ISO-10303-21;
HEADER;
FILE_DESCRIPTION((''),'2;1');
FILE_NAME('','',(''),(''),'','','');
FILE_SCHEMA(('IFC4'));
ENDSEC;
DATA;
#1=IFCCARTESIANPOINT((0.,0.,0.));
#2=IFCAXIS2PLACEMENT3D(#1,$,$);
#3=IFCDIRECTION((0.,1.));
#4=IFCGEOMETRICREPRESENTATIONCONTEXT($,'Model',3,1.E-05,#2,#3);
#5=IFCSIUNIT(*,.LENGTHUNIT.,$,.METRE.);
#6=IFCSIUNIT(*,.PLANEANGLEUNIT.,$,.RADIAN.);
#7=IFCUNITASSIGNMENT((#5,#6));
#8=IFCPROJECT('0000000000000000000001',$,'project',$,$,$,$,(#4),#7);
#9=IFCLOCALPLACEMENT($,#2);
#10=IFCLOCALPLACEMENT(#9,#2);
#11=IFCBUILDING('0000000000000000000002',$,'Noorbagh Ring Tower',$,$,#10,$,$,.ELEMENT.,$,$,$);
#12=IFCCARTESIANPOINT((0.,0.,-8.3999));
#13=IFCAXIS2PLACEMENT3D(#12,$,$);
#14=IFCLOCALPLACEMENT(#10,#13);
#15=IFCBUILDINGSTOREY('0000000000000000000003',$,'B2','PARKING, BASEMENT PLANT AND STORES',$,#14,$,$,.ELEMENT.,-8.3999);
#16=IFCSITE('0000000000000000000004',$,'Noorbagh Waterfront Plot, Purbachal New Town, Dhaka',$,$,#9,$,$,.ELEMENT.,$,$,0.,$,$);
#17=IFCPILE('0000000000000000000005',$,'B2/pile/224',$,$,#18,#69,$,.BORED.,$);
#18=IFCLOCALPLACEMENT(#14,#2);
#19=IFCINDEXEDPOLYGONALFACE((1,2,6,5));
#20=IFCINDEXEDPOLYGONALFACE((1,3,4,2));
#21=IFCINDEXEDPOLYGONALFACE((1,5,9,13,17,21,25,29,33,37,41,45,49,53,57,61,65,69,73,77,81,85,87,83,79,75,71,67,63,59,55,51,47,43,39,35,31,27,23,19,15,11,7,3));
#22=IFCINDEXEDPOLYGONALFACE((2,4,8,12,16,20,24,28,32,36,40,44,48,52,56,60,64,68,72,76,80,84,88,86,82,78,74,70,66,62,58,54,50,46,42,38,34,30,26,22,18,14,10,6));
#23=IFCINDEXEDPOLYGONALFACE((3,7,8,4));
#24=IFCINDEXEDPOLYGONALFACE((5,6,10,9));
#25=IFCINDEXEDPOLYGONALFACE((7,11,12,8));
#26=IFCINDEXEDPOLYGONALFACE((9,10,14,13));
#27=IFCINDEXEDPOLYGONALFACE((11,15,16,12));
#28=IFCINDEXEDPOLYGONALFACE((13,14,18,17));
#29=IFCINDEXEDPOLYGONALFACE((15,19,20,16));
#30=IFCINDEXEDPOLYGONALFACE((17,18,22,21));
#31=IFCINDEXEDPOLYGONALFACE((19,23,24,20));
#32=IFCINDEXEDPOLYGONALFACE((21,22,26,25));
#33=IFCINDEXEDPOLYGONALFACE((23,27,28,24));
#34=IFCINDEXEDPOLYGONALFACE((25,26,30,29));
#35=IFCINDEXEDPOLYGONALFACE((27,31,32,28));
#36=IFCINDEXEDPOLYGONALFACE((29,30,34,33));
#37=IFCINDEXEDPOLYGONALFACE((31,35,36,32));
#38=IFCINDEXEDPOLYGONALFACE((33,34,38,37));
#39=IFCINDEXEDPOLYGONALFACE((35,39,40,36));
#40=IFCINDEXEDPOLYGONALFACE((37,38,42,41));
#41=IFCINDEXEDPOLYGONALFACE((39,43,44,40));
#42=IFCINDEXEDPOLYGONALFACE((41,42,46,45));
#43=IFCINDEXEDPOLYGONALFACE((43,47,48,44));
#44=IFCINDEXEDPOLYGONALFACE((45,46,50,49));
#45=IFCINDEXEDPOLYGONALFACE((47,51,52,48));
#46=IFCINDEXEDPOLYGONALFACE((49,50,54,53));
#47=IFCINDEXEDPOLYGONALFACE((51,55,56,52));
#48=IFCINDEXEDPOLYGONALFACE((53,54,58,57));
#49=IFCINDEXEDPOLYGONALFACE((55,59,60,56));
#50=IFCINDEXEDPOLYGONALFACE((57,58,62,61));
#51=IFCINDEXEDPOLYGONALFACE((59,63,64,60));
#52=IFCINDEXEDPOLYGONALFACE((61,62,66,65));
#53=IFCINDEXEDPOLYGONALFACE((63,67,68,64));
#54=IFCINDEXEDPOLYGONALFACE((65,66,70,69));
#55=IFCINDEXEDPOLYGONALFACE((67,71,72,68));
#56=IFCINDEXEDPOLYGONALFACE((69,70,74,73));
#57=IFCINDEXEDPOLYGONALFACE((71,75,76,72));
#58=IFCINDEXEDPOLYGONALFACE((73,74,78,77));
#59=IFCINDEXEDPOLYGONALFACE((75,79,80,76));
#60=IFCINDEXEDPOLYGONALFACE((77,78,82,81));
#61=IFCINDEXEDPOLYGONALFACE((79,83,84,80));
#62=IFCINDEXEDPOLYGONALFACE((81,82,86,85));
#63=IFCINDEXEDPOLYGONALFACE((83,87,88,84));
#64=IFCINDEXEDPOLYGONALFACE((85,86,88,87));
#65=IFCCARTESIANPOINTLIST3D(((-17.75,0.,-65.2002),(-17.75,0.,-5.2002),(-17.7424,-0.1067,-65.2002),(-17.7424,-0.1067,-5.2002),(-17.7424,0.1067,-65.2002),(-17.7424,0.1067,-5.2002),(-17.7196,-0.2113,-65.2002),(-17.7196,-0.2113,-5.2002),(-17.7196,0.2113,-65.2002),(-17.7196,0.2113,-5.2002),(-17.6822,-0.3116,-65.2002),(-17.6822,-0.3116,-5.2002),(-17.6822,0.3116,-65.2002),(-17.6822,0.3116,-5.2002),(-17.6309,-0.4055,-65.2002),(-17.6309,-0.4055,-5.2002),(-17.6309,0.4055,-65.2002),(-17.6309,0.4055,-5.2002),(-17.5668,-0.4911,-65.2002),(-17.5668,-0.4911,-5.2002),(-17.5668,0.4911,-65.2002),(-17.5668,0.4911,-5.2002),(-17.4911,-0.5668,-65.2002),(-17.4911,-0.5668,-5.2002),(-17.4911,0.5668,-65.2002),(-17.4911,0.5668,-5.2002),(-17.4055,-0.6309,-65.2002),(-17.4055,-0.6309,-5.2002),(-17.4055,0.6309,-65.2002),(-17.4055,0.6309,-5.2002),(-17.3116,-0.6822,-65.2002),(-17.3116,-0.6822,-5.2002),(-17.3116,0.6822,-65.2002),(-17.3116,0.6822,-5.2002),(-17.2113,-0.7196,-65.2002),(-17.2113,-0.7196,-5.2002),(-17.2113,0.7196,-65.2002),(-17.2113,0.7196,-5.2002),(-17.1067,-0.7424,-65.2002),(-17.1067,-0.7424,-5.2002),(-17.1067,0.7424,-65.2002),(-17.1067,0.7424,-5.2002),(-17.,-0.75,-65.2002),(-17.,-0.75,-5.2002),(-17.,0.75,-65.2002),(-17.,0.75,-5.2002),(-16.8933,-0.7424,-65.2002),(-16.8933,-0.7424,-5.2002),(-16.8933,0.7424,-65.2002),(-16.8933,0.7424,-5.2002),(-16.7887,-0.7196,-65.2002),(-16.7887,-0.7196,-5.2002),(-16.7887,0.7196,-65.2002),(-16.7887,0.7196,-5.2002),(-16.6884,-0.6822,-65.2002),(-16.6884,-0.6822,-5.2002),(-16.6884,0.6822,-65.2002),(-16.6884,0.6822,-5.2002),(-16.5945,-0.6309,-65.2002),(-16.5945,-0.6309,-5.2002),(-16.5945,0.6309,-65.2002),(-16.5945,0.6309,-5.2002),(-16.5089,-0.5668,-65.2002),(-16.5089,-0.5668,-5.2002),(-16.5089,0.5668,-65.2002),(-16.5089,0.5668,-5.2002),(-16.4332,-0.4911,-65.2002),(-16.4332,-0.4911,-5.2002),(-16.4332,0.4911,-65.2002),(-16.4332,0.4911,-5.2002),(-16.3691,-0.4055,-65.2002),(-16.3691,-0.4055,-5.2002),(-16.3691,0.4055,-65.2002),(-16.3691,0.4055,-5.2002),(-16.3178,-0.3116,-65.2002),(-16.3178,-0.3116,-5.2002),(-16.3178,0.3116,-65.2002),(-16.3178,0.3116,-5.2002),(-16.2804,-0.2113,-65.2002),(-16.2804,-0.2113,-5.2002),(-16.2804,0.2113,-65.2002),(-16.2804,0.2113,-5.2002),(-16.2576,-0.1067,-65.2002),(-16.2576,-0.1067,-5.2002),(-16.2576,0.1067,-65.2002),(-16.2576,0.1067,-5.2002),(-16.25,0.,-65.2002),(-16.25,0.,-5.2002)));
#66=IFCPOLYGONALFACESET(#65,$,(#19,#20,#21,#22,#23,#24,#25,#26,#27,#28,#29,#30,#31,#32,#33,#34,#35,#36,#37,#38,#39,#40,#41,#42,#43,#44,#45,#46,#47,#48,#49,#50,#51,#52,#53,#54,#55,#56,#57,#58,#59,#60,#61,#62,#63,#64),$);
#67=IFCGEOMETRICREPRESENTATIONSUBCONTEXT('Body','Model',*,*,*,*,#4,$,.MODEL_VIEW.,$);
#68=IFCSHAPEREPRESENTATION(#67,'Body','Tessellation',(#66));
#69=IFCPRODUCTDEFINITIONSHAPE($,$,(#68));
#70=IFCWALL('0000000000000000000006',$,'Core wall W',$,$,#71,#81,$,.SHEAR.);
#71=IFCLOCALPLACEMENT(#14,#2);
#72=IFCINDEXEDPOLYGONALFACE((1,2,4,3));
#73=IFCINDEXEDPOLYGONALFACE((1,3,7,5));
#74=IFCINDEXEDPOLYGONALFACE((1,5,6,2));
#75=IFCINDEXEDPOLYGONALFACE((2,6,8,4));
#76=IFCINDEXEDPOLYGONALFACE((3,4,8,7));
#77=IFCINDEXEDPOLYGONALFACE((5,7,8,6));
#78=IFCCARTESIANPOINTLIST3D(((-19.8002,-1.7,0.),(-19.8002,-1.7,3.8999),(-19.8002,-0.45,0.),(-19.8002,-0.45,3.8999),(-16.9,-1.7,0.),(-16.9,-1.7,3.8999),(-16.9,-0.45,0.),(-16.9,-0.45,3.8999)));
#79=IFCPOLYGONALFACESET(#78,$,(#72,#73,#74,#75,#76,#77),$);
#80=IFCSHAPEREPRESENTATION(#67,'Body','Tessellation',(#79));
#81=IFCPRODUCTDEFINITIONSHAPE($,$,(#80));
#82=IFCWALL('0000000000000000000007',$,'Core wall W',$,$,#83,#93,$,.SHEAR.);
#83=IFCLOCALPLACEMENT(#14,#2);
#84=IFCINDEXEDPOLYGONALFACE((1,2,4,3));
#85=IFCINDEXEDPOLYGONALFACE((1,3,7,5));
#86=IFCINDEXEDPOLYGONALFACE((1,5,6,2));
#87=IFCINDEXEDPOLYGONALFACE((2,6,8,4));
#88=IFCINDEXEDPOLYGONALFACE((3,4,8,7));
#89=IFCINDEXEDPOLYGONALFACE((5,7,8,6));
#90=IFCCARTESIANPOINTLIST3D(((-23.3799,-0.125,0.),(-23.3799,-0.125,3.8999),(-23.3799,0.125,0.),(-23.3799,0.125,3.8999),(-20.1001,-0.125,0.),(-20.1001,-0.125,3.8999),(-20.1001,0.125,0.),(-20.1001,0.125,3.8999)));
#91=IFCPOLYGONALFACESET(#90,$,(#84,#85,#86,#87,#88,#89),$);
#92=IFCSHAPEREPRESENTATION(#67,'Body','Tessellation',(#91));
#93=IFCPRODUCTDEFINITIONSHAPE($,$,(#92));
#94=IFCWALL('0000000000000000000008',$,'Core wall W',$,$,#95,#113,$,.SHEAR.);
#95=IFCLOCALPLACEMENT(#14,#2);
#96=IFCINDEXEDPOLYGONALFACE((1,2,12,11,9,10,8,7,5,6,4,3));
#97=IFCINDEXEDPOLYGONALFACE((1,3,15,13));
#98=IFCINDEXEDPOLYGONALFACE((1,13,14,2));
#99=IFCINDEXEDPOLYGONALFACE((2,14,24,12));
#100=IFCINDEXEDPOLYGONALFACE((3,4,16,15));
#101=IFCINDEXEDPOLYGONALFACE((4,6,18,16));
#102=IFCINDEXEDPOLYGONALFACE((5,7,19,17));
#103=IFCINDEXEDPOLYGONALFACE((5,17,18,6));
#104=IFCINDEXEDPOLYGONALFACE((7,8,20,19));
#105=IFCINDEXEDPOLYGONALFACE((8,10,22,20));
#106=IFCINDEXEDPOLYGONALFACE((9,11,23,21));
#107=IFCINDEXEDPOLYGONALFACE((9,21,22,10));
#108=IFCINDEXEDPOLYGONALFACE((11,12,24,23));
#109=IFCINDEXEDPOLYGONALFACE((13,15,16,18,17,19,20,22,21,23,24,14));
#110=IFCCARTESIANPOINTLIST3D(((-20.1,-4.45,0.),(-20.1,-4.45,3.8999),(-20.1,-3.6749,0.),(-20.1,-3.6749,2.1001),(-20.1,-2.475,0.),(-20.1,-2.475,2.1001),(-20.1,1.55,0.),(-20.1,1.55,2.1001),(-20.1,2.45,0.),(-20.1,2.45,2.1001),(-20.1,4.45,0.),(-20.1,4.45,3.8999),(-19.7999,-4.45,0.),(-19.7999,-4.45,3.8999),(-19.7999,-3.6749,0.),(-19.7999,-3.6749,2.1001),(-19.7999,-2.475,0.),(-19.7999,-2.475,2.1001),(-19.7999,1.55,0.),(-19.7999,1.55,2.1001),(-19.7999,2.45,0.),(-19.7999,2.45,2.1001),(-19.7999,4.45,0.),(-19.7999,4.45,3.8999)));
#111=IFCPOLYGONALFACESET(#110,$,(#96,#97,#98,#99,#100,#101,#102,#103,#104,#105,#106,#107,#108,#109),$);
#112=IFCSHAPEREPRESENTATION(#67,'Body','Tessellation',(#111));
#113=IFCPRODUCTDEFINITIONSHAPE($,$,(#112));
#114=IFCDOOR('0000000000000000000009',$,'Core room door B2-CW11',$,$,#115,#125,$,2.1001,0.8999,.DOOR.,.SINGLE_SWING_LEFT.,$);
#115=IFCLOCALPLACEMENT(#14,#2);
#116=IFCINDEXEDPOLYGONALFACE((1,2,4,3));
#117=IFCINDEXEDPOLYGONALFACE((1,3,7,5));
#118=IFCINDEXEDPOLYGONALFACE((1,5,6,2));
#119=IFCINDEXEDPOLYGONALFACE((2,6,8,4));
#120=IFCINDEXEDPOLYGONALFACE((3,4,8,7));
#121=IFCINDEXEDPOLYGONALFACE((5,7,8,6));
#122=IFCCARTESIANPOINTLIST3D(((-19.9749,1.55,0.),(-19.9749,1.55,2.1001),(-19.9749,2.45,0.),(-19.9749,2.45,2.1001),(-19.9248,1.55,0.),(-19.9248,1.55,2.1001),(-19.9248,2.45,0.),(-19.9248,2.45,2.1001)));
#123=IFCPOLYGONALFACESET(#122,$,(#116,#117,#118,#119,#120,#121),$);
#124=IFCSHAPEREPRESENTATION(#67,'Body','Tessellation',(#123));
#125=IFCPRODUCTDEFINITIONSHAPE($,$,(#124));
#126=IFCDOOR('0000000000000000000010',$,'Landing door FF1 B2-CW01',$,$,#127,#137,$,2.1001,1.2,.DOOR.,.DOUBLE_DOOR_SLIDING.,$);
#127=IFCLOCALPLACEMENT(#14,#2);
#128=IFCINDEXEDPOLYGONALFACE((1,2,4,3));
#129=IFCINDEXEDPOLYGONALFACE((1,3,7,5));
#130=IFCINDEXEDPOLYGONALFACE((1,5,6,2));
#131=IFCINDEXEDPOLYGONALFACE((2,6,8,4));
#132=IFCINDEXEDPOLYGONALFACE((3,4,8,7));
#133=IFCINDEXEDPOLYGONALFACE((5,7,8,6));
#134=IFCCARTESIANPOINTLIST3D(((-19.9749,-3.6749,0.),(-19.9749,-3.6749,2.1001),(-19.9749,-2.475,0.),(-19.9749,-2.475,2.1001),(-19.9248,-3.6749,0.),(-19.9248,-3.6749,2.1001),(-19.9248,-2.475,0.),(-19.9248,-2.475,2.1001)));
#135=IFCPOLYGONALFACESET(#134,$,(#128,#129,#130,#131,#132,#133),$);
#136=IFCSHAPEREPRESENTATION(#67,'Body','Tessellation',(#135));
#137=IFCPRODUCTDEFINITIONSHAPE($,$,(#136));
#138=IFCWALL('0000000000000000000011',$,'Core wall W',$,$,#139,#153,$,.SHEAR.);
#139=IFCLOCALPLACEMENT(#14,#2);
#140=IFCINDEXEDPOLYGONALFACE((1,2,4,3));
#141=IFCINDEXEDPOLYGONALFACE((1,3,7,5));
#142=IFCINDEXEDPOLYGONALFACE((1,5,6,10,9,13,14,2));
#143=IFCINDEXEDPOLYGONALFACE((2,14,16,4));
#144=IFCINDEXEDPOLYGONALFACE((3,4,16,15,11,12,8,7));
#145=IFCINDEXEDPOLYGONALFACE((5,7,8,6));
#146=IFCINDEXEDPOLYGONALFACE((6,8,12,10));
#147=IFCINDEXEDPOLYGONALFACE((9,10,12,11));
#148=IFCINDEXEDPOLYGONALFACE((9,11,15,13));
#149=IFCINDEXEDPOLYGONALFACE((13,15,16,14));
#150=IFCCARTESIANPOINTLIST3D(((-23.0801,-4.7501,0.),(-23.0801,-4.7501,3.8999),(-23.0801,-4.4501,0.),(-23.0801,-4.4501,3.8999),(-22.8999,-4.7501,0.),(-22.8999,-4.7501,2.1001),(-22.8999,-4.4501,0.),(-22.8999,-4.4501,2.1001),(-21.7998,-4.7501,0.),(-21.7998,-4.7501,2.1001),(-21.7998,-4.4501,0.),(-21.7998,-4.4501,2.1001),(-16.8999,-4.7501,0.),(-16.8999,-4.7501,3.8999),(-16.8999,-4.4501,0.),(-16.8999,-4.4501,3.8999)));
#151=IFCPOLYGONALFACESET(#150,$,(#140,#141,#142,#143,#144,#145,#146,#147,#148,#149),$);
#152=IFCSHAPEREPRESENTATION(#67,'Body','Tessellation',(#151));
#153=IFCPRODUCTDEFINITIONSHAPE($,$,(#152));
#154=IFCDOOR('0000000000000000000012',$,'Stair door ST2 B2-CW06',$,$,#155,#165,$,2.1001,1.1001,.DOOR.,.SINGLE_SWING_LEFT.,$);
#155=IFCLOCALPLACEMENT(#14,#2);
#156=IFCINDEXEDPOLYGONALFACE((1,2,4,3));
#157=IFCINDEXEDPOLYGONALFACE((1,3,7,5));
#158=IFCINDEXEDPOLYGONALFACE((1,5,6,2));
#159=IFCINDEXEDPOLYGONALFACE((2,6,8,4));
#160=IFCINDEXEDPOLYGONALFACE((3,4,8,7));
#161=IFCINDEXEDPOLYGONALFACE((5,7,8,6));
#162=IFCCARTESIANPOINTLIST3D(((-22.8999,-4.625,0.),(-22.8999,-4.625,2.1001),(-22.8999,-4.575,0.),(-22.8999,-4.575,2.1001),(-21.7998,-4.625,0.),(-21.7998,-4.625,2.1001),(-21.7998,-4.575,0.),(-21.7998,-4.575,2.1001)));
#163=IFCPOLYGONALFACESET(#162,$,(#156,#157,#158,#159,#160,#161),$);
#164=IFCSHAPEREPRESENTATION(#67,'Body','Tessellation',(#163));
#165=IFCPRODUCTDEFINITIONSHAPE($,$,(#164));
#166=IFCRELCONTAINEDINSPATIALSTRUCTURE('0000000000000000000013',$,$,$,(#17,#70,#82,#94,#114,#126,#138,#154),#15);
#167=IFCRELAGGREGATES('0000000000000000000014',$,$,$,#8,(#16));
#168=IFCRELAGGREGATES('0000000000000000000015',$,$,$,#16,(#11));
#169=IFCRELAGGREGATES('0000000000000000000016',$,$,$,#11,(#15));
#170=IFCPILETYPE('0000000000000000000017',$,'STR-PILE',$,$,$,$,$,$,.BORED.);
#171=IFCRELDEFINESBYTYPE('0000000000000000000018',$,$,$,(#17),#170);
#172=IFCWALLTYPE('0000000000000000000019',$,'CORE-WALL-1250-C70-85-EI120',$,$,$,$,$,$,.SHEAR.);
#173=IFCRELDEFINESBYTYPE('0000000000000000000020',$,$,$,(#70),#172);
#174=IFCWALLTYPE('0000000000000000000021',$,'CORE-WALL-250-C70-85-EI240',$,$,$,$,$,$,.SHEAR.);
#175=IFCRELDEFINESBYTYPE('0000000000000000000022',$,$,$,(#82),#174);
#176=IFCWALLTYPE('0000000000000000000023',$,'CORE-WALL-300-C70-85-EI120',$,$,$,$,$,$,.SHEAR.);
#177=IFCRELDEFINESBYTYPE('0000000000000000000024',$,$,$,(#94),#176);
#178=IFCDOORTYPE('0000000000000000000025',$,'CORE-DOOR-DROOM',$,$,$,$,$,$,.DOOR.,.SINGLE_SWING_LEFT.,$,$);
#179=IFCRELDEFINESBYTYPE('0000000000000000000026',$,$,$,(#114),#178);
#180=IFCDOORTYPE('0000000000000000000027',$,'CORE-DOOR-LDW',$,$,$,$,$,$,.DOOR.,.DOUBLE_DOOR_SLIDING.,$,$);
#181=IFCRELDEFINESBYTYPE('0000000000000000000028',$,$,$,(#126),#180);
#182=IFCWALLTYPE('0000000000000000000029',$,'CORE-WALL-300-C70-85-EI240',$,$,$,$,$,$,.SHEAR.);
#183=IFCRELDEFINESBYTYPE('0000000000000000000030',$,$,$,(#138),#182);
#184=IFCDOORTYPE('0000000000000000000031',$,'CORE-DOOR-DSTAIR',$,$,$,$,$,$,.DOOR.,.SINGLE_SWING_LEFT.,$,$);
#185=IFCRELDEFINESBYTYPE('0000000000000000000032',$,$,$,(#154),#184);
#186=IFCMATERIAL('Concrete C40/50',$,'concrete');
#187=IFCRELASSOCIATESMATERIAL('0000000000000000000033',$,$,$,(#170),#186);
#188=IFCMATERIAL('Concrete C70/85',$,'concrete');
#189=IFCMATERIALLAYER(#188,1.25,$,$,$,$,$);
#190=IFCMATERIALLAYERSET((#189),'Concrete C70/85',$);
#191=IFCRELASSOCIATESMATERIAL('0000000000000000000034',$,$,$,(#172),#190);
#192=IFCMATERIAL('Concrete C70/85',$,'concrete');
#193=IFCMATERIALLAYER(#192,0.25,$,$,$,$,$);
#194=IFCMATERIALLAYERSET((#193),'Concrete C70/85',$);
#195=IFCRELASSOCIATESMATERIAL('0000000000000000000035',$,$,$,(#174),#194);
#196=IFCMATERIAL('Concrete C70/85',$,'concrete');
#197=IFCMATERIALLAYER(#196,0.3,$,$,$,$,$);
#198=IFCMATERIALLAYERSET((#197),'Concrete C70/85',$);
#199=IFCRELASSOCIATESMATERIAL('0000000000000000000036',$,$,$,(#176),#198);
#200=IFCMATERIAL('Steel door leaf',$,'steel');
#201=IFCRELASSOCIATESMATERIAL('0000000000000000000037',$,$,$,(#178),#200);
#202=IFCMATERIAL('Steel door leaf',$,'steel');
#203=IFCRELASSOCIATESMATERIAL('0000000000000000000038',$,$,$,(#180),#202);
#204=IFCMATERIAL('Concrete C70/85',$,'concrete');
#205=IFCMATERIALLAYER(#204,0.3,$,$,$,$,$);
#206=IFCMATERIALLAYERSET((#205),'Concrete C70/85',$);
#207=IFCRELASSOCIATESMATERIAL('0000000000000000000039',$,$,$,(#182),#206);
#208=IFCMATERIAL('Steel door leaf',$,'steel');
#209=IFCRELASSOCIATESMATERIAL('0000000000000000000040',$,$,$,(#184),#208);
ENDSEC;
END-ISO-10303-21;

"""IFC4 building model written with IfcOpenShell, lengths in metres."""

from ifc_helpers import new_model, si_unit, direction, frame, frame_2d, origin, origin_2d, place, context, subcontext, project, spatial, rectangle, circle, extrude, material, layer, layer_set, material_profile, profile_set, type_object, element, fill, save


model = new_model("IFC4")

# Units and contexts
model_context = context("Model", 3, precision=1e-05, world=origin(), true_north=direction((0.0, 1.0)))
body_context = subcontext(model_context, "Body", "Model", "MODEL_VIEW")
ifc_project = project(units=[si_unit("LENGTHUNIT", "METRE"), si_unit("PLANEANGLEUNIT", "RADIAN")], contexts=[model_context])

# Site, building, storey
site_placement = place(None, origin())
site = spatial("IfcSite", under=ifc_project, at=site_placement, Name="Noorbagh Waterfront Plot, Purbachal New Town, Dhaka", CompositionType="ELEMENT", RefElevation=0.0)
building_placement = place(site_placement, origin())
building = spatial("IfcBuilding", under=site, at=building_placement, Name="Noorbagh Ring Tower", CompositionType="ELEMENT")
storey_placement = place(building_placement, frame((0.0, 0.0, -8.3999)))
storey = spatial("IfcBuildingStorey", under=building, at=storey_placement, Name="B2", Description="PARKING, BASEMENT PLANT AND STORES", CompositionType="ELEMENT", Elevation=-8.3999)

# Pile
ifc_material_1 = material(Name="Concrete C40/50", Category="concrete")
ifc_material_profile = material_profile(ifc_material_1, circle(Radius=0.75, at=origin_2d()), Name="PILE1500")
ifc_profile_set = profile_set([ifc_material_profile], Name="Concrete C40/50")
pile_type = type_object("IfcPileType", Name="STR-PILE", PredefinedType="BORED", material=ifc_profile_set)
for number, where, z_axis, x_axis, name in (
    (1, (-17.0, 0.0, -5.2002), (0.0, 0.0, -1.0), (1.0, 0.0, 0.0), "B2/pile/224"),
):
    element("IfcPile", number, at=place(storey_placement, frame(where, z_axis=z_axis, x_axis=x_axis)), inside=storey, type_object=pile_type, Name=name, PredefinedType="BORED", context=body_context, shape_type="SweptSolid", body=[
        extrude(circle(Radius=0.75, at=origin_2d()), origin(), (0.0, 0.0, 1.0), 60.0),
    ])

# Walls
ifc_material_2 = material(Name="Concrete C70/85", Category="concrete")
ifc_layer_1 = layer(ifc_material_2, 1.25)
ifc_layer_set_1 = layer_set([ifc_layer_1], Name="Concrete C70/85")
wall_type_1 = type_object("IfcWallType", Name="CORE-WALL-1250-C70-85-EI120", PredefinedType="SHEAR", material=ifc_layer_set_1)
wall_1_placement = place(storey_placement, frame((-16.8999, -1.075, 0.0), z_axis=(0.0, 0.0, 1.0), x_axis=(-1.0, 0.0, 0.0)))
element("IfcWall", 2, at=wall_1_placement, inside=storey, type_object=wall_type_1, Name="Core wall W", PredefinedType="SHEAR", context=body_context, shape_type="SweptSolid", body=[
    extrude(rectangle(XDim=2.9001, YDim=1.25, at=frame_2d((1.4502, 0.0))), origin(), (0.0, 0.0, 1.0), 3.8999),
])
ifc_material_3 = material(Name="Concrete C70/85", Category="concrete")
ifc_layer_2 = layer(ifc_material_3, 0.25)
ifc_layer_set_2 = layer_set([ifc_layer_2], Name="Concrete C70/85")
wall_type_2 = type_object("IfcWallType", Name="CORE-WALL-250-C70-85-EI240", PredefinedType="SHEAR", material=ifc_layer_set_2)
wall_2_placement = place(storey_placement, frame((-20.1001, 0.0, 0.0), z_axis=(0.0, 0.0, 1.0), x_axis=(-1.0, 0.0, 0.0)))
element("IfcWall", 3, at=wall_2_placement, inside=storey, type_object=wall_type_2, Name="Core wall W", PredefinedType="SHEAR", context=body_context, shape_type="SweptSolid", body=[
    extrude(rectangle(XDim=3.2798, YDim=0.25, at=frame_2d((1.6399, 0.0))), origin(), (0.0, 0.0, 1.0), 3.8999),
])

# Wall, openings, doors
ifc_material_4 = material(Name="Concrete C70/85", Category="concrete")
ifc_layer_3 = layer(ifc_material_4, 0.3)
ifc_layer_set_3 = layer_set([ifc_layer_3], Name="Concrete C70/85")
wall_type_3 = type_object("IfcWallType", Name="CORE-WALL-300-C70-85-EI120", PredefinedType="SHEAR", material=ifc_layer_set_3)
wall_3_placement = place(storey_placement, frame((-19.95, -4.45, 0.0), z_axis=(0.0, 0.0, 1.0), x_axis=(0.0, 1.0, 0.0)))
wall_3 = element("IfcWall", 4, at=wall_3_placement, inside=storey, type_object=wall_type_3, Name="Core wall W", PredefinedType="SHEAR", context=body_context, shape_type="SweptSolid", body=[
    extrude(rectangle(XDim=8.8999, YDim=0.3, at=frame_2d((4.45, 0.0))), origin(), (0.0, 0.0, 1.0), 3.8999),
])
opening_1_placement = place(wall_3_placement, frame((0.7749, 0.0, 0.0)))
opening_1 = element("IfcOpeningElement", 5, at=opening_1_placement, cuts=wall_3, PredefinedType="OPENING", context=body_context, shape_type="SweptSolid", body=[
    extrude(rectangle(XDim=1.2, YDim=2.1001, at=frame_2d((0.6001, 1.05))), frame((0.0, 0.1602, 0.0), z_axis=(0.0, -1.0, 0.0), x_axis=(1.0, 0.0, 0.0)), (0.0, 0.0, 1.0), 0.3201),
])
opening_2_placement = place(wall_3_placement, frame((6.0, 0.0, 0.0)))
opening_2 = element("IfcOpeningElement", 6, at=opening_2_placement, cuts=wall_3, PredefinedType="OPENING", context=body_context, shape_type="SweptSolid", body=[
    extrude(rectangle(XDim=0.8999, YDim=2.1001, at=frame_2d((0.45, 1.05))), frame((0.0, 0.1602, 0.0), z_axis=(0.0, -1.0, 0.0), x_axis=(1.0, 0.0, 0.0)), (0.0, 0.0, 1.0), 0.3201),
])
ifc_material_5 = material(Name="Steel door leaf", Category="steel")
door_type_1 = type_object("IfcDoorType", Name="CORE-DOOR-DROOM", OperationType="SINGLE_SWING_LEFT", PredefinedType="DOOR", material=ifc_material_5)
door_1_placement = place(opening_2_placement, origin())
door_1 = element("IfcDoor", 7, at=door_1_placement, inside=storey, type_object=door_type_1, Name="Core room door B2-CW11", OperationType="SINGLE_SWING_LEFT", OverallHeight=2.1001, OverallWidth=0.8999, PredefinedType="DOOR", context=body_context, shape_type="SweptSolid", body=[
    extrude(rectangle(XDim=0.8999, YDim=2.1001, at=frame_2d((0.45, 1.05))), frame((0.0, 0.0249, 0.0), z_axis=(0.0, -1.0, 0.0), x_axis=(1.0, 0.0, 0.0)), (0.0, 0.0, 1.0), 0.05),
])
fill(opening_2, door_1)
ifc_material_6 = material(Name="Steel door leaf", Category="steel")
door_type_2 = type_object("IfcDoorType", Name="CORE-DOOR-LDW", OperationType="DOUBLE_DOOR_SLIDING", PredefinedType="DOOR", material=ifc_material_6)
door_2_placement = place(opening_1_placement, origin())
door_2 = element("IfcDoor", 8, at=door_2_placement, inside=storey, type_object=door_type_2, Name="Landing door FF1 B2-CW01", OperationType="DOUBLE_DOOR_SLIDING", OverallHeight=2.1001, OverallWidth=1.2, PredefinedType="DOOR", context=body_context, shape_type="SweptSolid", body=[
    extrude(rectangle(XDim=1.2, YDim=2.1001, at=frame_2d((0.6001, 1.05))), frame((0.0, 0.0249, 0.0), z_axis=(0.0, -1.0, 0.0), x_axis=(1.0, 0.0, 0.0)), (0.0, 0.0, 1.0), 0.05),
])
fill(opening_1, door_2)

# Wall, opening, door
ifc_material_7 = material(Name="Concrete C70/85", Category="concrete")
ifc_layer_4 = layer(ifc_material_7, 0.3)
ifc_layer_set_4 = layer_set([ifc_layer_4], Name="Concrete C70/85")
wall_type_4 = type_object("IfcWallType", Name="CORE-WALL-300-C70-85-EI240", PredefinedType="SHEAR", material=ifc_layer_set_4)
wall_4_placement = place(storey_placement, frame((-16.8999, -4.6001, 0.0), z_axis=(0.0, 0.0, 1.0), x_axis=(-1.0, 0.0, 0.0)))
wall_4 = element("IfcWall", 9, at=wall_4_placement, inside=storey, type_object=wall_type_4, Name="Core wall W", PredefinedType="SHEAR", context=body_context, shape_type="SweptSolid", body=[
    extrude(rectangle(XDim=6.1802, YDim=0.3, at=frame_2d((3.0901, 0.0))), origin(), (0.0, 0.0, 1.0), 3.8999),
])
opening_3_placement = place(wall_4_placement, frame((4.8999, 0.0, 0.0)))
opening_3 = element("IfcOpeningElement", 10, at=opening_3_placement, cuts=wall_4, PredefinedType="OPENING", context=body_context, shape_type="SweptSolid", body=[
    extrude(rectangle(XDim=1.1001, YDim=2.1001, at=frame_2d((0.55, 1.05))), frame((0.0, 0.1602, 0.0), z_axis=(0.0, -1.0, 0.0), x_axis=(1.0, 0.0, 0.0)), (0.0, 0.0, 1.0), 0.3201),
])
ifc_material_8 = material(Name="Steel door leaf", Category="steel")
door_type_3 = type_object("IfcDoorType", Name="CORE-DOOR-DSTAIR", OperationType="SINGLE_SWING_LEFT", PredefinedType="DOOR", material=ifc_material_8)
door_3_placement = place(opening_3_placement, origin())
door_3 = element("IfcDoor", 11, at=door_3_placement, inside=storey, type_object=door_type_3, Name="Stair door ST2 B2-CW06", OperationType="SINGLE_SWING_LEFT", OverallHeight=2.1001, OverallWidth=1.1001, PredefinedType="DOOR", context=body_context, shape_type="SweptSolid", body=[
    extrude(rectangle(XDim=1.1001, YDim=2.1001, at=frame_2d((0.55, 1.05))), frame((0.0, 0.0249, 0.0), z_axis=(0.0, -1.0, 0.0), x_axis=(1.0, 0.0, 0.0)), (0.0, 0.0, 1.0), 0.05),
])
fill(opening_3, door_3)

save(model, "model.ifc")
